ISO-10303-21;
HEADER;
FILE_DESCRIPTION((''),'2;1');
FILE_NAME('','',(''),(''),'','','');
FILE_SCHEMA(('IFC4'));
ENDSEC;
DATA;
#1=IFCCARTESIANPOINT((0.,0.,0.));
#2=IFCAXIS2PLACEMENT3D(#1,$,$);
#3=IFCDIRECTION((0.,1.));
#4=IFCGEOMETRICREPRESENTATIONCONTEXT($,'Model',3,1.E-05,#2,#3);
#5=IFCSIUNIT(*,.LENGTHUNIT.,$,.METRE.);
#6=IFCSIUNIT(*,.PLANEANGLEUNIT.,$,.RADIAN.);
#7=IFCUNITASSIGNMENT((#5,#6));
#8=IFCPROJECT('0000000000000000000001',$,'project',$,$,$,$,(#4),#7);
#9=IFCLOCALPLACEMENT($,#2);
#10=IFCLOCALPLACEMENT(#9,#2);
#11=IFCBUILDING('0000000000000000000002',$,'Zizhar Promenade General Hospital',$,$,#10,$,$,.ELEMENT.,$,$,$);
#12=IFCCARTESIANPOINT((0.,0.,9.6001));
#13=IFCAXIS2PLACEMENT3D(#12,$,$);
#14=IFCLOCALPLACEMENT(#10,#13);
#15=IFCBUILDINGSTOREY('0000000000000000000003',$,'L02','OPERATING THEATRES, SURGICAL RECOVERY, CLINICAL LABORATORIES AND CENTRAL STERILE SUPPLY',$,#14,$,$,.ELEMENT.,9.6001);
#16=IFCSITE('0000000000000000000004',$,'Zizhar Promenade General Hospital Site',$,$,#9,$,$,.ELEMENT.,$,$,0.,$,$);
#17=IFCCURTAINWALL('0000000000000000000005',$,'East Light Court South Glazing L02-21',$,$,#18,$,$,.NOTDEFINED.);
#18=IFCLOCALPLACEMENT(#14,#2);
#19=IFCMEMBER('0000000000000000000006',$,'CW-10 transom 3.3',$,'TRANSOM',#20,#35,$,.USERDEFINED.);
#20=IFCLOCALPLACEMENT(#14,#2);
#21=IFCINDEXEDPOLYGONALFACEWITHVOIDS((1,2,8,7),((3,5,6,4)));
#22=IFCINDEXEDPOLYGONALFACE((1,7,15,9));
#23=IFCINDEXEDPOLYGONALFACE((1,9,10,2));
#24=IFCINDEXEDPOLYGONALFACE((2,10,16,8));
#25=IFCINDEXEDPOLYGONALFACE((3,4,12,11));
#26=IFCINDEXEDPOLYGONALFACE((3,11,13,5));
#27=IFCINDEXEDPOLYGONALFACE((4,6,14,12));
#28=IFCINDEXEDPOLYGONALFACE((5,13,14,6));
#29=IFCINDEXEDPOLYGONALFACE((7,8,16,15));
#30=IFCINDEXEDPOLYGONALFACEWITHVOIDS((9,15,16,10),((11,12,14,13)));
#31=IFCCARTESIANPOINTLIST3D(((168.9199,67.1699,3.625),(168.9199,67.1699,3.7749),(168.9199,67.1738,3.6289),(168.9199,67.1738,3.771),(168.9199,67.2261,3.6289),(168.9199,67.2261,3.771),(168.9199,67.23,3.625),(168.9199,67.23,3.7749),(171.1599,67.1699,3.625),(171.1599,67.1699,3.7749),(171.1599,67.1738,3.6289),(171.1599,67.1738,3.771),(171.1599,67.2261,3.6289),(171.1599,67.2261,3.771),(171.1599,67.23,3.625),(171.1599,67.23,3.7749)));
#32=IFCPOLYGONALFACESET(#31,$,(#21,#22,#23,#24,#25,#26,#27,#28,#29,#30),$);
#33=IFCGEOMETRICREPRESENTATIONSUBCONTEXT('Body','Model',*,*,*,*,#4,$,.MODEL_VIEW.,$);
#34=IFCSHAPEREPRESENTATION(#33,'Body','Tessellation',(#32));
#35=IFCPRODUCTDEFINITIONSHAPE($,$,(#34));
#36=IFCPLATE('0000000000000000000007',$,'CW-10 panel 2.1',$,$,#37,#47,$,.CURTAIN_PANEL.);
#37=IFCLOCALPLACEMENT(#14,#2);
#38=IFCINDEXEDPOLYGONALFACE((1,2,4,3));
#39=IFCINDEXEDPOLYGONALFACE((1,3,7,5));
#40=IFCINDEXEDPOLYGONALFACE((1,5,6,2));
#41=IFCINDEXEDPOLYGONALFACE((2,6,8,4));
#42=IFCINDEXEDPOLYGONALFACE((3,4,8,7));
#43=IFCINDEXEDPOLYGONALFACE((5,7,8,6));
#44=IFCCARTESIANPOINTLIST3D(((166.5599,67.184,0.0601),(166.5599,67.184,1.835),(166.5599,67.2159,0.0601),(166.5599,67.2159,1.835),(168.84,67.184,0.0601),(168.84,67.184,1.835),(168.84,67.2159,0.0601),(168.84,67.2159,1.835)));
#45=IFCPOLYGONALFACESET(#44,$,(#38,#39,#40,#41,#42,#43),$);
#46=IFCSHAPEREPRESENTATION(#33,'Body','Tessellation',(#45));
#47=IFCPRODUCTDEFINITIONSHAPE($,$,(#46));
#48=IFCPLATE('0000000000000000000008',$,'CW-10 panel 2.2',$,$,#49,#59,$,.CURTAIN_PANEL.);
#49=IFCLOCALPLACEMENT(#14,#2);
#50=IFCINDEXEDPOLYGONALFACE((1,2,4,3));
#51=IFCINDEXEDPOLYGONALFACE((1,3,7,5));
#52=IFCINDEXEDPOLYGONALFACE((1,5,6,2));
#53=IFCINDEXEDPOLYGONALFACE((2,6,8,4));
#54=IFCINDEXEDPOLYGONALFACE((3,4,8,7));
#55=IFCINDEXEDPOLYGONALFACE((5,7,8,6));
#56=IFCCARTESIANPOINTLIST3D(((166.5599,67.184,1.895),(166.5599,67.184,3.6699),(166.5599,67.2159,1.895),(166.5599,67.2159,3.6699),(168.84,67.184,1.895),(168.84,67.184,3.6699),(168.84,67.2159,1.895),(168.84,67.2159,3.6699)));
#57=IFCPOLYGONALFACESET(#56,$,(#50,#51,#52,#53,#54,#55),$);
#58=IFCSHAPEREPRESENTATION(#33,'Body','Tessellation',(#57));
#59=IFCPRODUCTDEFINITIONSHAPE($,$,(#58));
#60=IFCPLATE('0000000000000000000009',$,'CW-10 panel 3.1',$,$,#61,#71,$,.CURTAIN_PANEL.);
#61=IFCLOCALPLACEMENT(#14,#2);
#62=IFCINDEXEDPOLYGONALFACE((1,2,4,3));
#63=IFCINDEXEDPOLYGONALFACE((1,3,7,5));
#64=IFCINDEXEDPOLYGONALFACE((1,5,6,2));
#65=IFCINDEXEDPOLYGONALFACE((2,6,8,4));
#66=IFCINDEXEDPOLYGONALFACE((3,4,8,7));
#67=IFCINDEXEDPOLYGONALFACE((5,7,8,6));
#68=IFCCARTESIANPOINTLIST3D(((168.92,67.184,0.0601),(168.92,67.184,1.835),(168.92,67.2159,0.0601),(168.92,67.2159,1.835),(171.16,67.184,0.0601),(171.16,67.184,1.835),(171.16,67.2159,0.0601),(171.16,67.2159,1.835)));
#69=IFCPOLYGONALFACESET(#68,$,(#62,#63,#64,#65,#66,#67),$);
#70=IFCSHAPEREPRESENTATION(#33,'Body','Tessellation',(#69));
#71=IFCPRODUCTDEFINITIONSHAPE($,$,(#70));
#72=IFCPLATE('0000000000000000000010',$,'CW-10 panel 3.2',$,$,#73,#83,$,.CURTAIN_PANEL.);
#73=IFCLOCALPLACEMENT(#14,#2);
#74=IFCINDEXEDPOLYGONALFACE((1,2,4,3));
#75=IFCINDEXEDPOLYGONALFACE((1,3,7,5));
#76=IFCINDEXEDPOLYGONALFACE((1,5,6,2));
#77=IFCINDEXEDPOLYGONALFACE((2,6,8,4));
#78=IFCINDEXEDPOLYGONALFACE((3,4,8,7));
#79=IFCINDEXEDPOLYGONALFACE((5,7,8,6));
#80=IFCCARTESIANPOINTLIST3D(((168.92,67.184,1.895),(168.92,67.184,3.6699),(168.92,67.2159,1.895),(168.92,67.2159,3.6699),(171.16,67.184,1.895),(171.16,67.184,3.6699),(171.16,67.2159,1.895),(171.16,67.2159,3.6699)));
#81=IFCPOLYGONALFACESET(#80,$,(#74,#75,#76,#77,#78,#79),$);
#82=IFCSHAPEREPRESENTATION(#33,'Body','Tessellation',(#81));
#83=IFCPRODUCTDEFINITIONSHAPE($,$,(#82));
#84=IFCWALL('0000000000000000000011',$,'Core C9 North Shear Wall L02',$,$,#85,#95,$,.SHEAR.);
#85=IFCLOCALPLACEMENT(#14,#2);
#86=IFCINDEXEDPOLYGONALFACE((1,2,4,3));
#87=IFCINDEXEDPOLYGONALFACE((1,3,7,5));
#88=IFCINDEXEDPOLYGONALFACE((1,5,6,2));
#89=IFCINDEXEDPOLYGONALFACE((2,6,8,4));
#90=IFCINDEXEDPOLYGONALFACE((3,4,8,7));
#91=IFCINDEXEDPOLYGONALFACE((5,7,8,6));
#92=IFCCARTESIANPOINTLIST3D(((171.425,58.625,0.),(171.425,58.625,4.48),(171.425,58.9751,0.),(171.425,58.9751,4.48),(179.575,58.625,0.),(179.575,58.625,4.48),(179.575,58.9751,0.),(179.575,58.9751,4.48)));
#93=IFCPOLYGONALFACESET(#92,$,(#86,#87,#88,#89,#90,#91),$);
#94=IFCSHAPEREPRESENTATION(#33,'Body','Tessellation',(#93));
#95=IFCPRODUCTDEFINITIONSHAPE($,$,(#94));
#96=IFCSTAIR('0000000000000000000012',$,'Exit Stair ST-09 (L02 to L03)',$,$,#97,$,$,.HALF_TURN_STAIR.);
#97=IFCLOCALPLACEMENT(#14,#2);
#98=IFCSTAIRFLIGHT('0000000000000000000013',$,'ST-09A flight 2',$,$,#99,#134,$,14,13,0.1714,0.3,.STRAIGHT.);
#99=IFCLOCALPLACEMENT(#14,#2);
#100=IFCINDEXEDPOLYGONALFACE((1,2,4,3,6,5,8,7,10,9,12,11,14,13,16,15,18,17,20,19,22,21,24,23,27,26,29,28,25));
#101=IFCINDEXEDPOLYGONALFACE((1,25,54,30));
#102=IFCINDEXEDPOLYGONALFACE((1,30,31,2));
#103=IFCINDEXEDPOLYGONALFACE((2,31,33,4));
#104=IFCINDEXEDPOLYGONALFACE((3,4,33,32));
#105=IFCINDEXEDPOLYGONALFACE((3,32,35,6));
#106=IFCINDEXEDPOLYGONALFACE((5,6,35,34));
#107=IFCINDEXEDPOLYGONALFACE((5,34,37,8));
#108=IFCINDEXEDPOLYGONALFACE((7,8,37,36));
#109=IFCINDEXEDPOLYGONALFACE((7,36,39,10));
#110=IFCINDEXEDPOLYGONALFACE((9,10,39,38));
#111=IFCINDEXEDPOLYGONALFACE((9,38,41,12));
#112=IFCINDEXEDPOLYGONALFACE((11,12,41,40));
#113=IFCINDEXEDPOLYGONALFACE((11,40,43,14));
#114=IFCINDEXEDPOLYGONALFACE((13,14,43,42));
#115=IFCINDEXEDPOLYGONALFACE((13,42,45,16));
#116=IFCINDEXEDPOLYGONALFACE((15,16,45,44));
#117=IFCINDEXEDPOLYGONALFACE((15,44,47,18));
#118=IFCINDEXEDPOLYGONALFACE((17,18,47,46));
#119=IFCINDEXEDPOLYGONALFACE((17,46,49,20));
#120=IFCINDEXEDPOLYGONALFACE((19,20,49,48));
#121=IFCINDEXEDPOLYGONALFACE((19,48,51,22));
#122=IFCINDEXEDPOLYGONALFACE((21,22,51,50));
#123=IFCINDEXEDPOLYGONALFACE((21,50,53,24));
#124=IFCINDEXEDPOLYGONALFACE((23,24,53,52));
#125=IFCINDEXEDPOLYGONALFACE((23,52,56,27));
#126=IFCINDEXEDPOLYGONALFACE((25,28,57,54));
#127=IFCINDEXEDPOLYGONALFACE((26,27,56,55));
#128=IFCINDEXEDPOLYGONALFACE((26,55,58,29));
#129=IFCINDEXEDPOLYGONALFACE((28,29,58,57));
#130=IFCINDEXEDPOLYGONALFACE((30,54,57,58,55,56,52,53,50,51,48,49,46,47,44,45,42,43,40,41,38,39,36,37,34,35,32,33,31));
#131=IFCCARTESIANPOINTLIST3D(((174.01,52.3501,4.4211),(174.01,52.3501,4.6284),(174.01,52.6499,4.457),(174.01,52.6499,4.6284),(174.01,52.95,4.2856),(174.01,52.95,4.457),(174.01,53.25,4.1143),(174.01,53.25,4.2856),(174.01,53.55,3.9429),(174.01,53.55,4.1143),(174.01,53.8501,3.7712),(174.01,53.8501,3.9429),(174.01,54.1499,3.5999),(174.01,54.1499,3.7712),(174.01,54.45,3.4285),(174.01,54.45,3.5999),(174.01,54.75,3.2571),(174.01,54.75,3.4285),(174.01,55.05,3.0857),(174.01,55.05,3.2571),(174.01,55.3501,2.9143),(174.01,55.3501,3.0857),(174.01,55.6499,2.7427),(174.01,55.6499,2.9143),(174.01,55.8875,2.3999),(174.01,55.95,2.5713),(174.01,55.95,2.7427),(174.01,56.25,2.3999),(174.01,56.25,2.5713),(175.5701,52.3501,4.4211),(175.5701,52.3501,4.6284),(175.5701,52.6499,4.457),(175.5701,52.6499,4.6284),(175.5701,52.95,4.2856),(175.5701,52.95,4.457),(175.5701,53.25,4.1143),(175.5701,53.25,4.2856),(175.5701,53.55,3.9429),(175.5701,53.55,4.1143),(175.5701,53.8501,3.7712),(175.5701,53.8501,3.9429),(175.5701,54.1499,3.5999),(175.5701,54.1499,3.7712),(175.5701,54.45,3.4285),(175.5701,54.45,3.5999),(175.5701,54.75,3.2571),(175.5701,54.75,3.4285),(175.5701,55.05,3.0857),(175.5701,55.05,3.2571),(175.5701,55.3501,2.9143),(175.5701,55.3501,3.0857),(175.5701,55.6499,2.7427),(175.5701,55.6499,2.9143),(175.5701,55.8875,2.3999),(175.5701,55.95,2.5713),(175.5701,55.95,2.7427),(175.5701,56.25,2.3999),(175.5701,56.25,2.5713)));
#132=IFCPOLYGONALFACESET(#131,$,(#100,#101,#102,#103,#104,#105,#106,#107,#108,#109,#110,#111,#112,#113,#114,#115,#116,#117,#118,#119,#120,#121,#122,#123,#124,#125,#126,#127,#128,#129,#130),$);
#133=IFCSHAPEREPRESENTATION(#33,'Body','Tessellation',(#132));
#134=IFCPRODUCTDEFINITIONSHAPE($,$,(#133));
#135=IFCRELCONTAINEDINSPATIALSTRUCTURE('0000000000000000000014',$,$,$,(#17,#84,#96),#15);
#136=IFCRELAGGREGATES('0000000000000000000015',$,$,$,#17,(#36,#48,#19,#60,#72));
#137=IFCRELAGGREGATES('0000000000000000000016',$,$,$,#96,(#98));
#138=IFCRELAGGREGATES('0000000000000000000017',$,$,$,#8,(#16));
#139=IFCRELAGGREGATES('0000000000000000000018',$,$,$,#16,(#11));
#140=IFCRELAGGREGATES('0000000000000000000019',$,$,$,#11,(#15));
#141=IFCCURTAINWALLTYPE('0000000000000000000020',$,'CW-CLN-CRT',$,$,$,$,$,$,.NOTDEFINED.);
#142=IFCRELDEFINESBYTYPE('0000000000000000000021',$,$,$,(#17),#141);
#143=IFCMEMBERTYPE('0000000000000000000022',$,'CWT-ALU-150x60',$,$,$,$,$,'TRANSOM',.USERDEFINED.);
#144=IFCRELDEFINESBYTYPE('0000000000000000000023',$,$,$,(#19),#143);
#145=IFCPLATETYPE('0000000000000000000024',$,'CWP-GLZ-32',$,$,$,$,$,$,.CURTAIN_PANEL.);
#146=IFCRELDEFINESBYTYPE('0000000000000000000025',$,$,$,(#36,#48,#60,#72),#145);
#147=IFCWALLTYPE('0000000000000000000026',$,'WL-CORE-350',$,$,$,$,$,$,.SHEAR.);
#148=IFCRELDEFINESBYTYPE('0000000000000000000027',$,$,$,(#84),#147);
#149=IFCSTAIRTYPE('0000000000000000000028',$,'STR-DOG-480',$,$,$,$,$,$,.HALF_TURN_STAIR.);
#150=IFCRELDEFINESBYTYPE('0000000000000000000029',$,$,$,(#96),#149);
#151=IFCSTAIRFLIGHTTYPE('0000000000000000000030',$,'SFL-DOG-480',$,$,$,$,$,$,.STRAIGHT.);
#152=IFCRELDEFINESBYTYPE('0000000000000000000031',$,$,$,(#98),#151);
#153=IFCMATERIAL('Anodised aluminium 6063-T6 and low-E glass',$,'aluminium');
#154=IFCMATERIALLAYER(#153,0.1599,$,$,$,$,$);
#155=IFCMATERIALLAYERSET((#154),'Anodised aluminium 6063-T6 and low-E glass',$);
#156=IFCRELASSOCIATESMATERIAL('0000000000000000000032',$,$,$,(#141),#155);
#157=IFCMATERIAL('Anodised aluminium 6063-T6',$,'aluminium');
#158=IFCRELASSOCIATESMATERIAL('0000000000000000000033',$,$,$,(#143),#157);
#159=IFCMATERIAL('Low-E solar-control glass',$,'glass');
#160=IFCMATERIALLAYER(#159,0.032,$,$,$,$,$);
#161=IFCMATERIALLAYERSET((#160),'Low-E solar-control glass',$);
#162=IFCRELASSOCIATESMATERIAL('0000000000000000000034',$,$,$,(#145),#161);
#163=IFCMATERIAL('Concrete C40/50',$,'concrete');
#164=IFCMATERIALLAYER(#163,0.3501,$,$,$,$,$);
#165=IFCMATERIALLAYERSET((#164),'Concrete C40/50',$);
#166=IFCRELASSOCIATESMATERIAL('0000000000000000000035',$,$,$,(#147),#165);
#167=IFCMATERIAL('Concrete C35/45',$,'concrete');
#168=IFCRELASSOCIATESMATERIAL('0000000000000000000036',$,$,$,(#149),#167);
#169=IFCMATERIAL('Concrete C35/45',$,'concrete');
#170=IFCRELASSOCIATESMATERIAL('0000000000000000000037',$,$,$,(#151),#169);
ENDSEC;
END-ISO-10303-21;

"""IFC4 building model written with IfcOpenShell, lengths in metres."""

from ifc_helpers import new_model, si_unit, direction, frame, frame_2d, origin, origin_2d, place, context, subcontext, project, spatial, polyline, rectangle, hollow_rectangle, outline, extrude, material, layer, layer_set, material_profile, profile_set, type_object, element, aggregate, save


model = new_model("IFC4")

# Units and contexts
model_context = context("Model", 3, precision=1e-05, world=origin(), true_north=direction((0.0, 1.0)))
body_context = subcontext(model_context, "Body", "Model", "MODEL_VIEW")
ifc_project = project(units=[si_unit("LENGTHUNIT", "METRE"), si_unit("PLANEANGLEUNIT", "RADIAN")], contexts=[model_context])

# Site, building, storey
site_placement = place(None, origin())
site = spatial("IfcSite", under=ifc_project, at=site_placement, Name="Zizhar Promenade General Hospital Site", CompositionType="ELEMENT", RefElevation=0.0)
building_placement = place(site_placement, origin())
building = spatial("IfcBuilding", under=site, at=building_placement, Name="Zizhar Promenade General Hospital", CompositionType="ELEMENT")
storey_placement = place(building_placement, frame((0.0, 0.0, 9.6001)))
storey = spatial("IfcBuildingStorey", under=building, at=storey_placement, Name="L02", Description="OPERATING THEATRES, SURGICAL RECOVERY, CLINICAL LABORATORIES AND CENTRAL STERILE SUPPLY", CompositionType="ELEMENT", Elevation=9.6001)

# Curtain wall, member, plates
ifc_material_1 = material(Name="Anodised aluminium 6063-T6 and low-E glass", Category="aluminium")
ifc_layer_1 = layer(ifc_material_1, 0.1599)
ifc_layer_set_1 = layer_set([ifc_layer_1], Name="Anodised aluminium 6063-T6 and low-E glass")
curtain_wall_type = type_object("IfcCurtainWallType", Name="CW-CLN-CRT", PredefinedType="NOTDEFINED", material=ifc_layer_set_1)
curtain_wall_placement = place(storey_placement, origin())
curtain_wall = element("IfcCurtainWall", 1, at=curtain_wall_placement, inside=storey, type_object=curtain_wall_type, Name="East Light Court South Glazing L02-21", PredefinedType="NOTDEFINED")
ifc_material_2 = material(Name="Anodised aluminium 6063-T6", Category="aluminium")
ifc_material_profile_1 = material_profile(ifc_material_2, hollow_rectangle(XDim=0.0601, YDim=0.1499, WallThickness=0.0039, at=origin_2d()))
ifc_profile_set_1 = profile_set([ifc_material_profile_1], Name="Anodised aluminium 6063-T6")
member_type_1 = type_object("IfcMemberType", Name="CWT-ALU-150x60", ElementType="TRANSOM", PredefinedType="USERDEFINED", material=ifc_profile_set_1)
member_1_placement = place(storey_placement, frame((168.9199, 67.2, 3.7), z_axis=(1.0, 0.0, 0.0), x_axis=(0.0, 1.0, 0.0)))
member_1 = element("IfcMember", 2, at=member_1_placement, type_object=member_type_1, Name="CW-10 transom 3.3", ObjectType="TRANSOM", PredefinedType="USERDEFINED", context=body_context, shape_type="SweptSolid", body=[
    extrude(hollow_rectangle(XDim=0.0601, YDim=0.1499, WallThickness=0.0039, at=origin_2d()), origin(), (0.0, 0.0, 1.0), 2.24),
])
ifc_material_3 = material(Name="Low-E solar-control glass", Category="glass")
ifc_layer_2 = layer(ifc_material_3, 0.032)
ifc_layer_set_2 = layer_set([ifc_layer_2], Name="Low-E solar-control glass")
plate_type = type_object("IfcPlateType", Name="CWP-GLZ-32", PredefinedType="CURTAIN_PANEL", material=ifc_layer_set_2)
plate_1_placement = place(storey_placement, frame((167.7, 67.2, 0.0601), z_axis=(0.0, 0.0, 1.0), x_axis=(1.0, 0.0, 0.0)))
plate_1 = element("IfcPlate", 3, at=plate_1_placement, type_object=plate_type, Name="CW-10 panel 2.1", PredefinedType="CURTAIN_PANEL", context=body_context, shape_type="SweptSolid", body=[
    extrude(rectangle(XDim=2.28, YDim=0.032, at=origin_2d()), origin(), (0.0, 0.0, 1.0), 1.7749),
])
plate_2_placement = place(storey_placement, frame((167.7, 67.2, 1.895), z_axis=(0.0, 0.0, 1.0), x_axis=(1.0, 0.0, 0.0)))
plate_2 = element("IfcPlate", 4, at=plate_2_placement, type_object=plate_type, Name="CW-10 panel 2.2", PredefinedType="CURTAIN_PANEL", context=body_context, shape_type="SweptSolid", body=[
    extrude(rectangle(XDim=2.28, YDim=0.032, at=origin_2d()), origin(), (0.0, 0.0, 1.0), 1.7749),
])
plate_3_placement = place(storey_placement, frame((170.04, 67.2, 0.0601), z_axis=(0.0, 0.0, 1.0), x_axis=(1.0, 0.0, 0.0)))
plate_3 = element("IfcPlate", 5, at=plate_3_placement, type_object=plate_type, Name="CW-10 panel 3.1", PredefinedType="CURTAIN_PANEL", context=body_context, shape_type="SweptSolid", body=[
    extrude(rectangle(XDim=2.24, YDim=0.032, at=origin_2d()), origin(), (0.0, 0.0, 1.0), 1.7749),
])
plate_4_placement = place(storey_placement, frame((170.04, 67.2, 1.895), z_axis=(0.0, 0.0, 1.0), x_axis=(1.0, 0.0, 0.0)))
plate_4 = element("IfcPlate", 6, at=plate_4_placement, type_object=plate_type, Name="CW-10 panel 3.2", PredefinedType="CURTAIN_PANEL", context=body_context, shape_type="SweptSolid", body=[
    extrude(rectangle(XDim=2.24, YDim=0.032, at=origin_2d()), origin(), (0.0, 0.0, 1.0), 1.7749),
])
aggregate(curtain_wall, [plate_1, plate_2, member_1, plate_3, plate_4])

# Wall
ifc_material_4 = material(Name="Concrete C40/50", Category="concrete")
ifc_layer_3 = layer(ifc_material_4, 0.3501)
ifc_layer_set_3 = layer_set([ifc_layer_3], Name="Concrete C40/50")
wall_type = type_object("IfcWallType", Name="WL-CORE-350", PredefinedType="SHEAR", material=ifc_layer_set_3)
wall_placement = place(storey_placement, frame((171.425, 58.8, 0.0), z_axis=(0.0, 0.0, 1.0), x_axis=(1.0, 0.0, 0.0)))
element("IfcWall", 7, at=wall_placement, inside=storey, type_object=wall_type, Name="Core C9 North Shear Wall L02", PredefinedType="SHEAR", context=body_context, shape_type="SweptSolid", body=[
    extrude(rectangle(XDim=8.1499, YDim=0.3501, at=frame_2d((4.075, 0.0))), origin(), (0.0, 0.0, 1.0), 4.48),
])

# Stair, stair flight
ifc_material_5 = material(Name="Concrete C35/45", Category="concrete")
stair_type = type_object("IfcStairType", Name="STR-DOG-480", PredefinedType="HALF_TURN_STAIR", material=ifc_material_5)
stair_placement = place(storey_placement, origin())
stair = element("IfcStair", 8, at=stair_placement, inside=storey, type_object=stair_type, Name="Exit Stair ST-09 (L02 to L03)", PredefinedType="HALF_TURN_STAIR")
ifc_material_6 = material(Name="Concrete C35/45", Category="concrete")
stair_flight_type = type_object("IfcStairFlightType", Name="SFL-DOG-480", PredefinedType="STRAIGHT", material=ifc_material_6)
stair_flight_placement = place(storey_placement, frame((174.79, 56.25, 2.3999), z_axis=(0.0, 0.0, 1.0), x_axis=(0.0, -1.0, 0.0)))
stair_flight = element("IfcStairFlight", 9, at=stair_flight_placement, type_object=stair_flight_type, Name="ST-09A flight 2", NumberOfRisers=14, NumberOfTreads=13, PredefinedType="STRAIGHT", RiserHeight=0.1714, TreadLength=0.3, context=body_context, shape_type="SweptSolid", body=[
    extrude(outline(polyline([(0.0, 0.0), (0.0, 0.1714), (0.3, 0.1714), (0.3, 0.3428), (0.6001, 0.3428), (0.6001, 0.5144), (0.8999, 0.5144), (0.8999, 0.6858), (1.2, 0.6858), (1.2, 0.8572), (1.5, 0.8572), (1.5, 1.0286), (1.8, 1.0286), (1.8, 1.2), (2.1001, 1.2), (2.1001, 1.3713), (2.3999, 1.3713), (2.3999, 1.543), (2.7, 1.543), (2.7, 1.7144), (3.0, 1.7144), (3.0, 1.8857), (3.3, 1.8857), (3.3, 2.0571), (3.6001, 2.0571), (3.6001, 2.2285), (3.8999, 2.2285), (3.8999, 2.3999), (3.8999, 2.0212), (0.3625, 0.0), (0.0, 0.0)])), frame((0.0, 0.78, 0.0), z_axis=(0.0, -1.0, 0.0), x_axis=(1.0, 0.0, 0.0)), (0.0, 0.0, 1.0), 1.5601),
])
aggregate(stair, [stair_flight])

save(model, "model.ifc")
